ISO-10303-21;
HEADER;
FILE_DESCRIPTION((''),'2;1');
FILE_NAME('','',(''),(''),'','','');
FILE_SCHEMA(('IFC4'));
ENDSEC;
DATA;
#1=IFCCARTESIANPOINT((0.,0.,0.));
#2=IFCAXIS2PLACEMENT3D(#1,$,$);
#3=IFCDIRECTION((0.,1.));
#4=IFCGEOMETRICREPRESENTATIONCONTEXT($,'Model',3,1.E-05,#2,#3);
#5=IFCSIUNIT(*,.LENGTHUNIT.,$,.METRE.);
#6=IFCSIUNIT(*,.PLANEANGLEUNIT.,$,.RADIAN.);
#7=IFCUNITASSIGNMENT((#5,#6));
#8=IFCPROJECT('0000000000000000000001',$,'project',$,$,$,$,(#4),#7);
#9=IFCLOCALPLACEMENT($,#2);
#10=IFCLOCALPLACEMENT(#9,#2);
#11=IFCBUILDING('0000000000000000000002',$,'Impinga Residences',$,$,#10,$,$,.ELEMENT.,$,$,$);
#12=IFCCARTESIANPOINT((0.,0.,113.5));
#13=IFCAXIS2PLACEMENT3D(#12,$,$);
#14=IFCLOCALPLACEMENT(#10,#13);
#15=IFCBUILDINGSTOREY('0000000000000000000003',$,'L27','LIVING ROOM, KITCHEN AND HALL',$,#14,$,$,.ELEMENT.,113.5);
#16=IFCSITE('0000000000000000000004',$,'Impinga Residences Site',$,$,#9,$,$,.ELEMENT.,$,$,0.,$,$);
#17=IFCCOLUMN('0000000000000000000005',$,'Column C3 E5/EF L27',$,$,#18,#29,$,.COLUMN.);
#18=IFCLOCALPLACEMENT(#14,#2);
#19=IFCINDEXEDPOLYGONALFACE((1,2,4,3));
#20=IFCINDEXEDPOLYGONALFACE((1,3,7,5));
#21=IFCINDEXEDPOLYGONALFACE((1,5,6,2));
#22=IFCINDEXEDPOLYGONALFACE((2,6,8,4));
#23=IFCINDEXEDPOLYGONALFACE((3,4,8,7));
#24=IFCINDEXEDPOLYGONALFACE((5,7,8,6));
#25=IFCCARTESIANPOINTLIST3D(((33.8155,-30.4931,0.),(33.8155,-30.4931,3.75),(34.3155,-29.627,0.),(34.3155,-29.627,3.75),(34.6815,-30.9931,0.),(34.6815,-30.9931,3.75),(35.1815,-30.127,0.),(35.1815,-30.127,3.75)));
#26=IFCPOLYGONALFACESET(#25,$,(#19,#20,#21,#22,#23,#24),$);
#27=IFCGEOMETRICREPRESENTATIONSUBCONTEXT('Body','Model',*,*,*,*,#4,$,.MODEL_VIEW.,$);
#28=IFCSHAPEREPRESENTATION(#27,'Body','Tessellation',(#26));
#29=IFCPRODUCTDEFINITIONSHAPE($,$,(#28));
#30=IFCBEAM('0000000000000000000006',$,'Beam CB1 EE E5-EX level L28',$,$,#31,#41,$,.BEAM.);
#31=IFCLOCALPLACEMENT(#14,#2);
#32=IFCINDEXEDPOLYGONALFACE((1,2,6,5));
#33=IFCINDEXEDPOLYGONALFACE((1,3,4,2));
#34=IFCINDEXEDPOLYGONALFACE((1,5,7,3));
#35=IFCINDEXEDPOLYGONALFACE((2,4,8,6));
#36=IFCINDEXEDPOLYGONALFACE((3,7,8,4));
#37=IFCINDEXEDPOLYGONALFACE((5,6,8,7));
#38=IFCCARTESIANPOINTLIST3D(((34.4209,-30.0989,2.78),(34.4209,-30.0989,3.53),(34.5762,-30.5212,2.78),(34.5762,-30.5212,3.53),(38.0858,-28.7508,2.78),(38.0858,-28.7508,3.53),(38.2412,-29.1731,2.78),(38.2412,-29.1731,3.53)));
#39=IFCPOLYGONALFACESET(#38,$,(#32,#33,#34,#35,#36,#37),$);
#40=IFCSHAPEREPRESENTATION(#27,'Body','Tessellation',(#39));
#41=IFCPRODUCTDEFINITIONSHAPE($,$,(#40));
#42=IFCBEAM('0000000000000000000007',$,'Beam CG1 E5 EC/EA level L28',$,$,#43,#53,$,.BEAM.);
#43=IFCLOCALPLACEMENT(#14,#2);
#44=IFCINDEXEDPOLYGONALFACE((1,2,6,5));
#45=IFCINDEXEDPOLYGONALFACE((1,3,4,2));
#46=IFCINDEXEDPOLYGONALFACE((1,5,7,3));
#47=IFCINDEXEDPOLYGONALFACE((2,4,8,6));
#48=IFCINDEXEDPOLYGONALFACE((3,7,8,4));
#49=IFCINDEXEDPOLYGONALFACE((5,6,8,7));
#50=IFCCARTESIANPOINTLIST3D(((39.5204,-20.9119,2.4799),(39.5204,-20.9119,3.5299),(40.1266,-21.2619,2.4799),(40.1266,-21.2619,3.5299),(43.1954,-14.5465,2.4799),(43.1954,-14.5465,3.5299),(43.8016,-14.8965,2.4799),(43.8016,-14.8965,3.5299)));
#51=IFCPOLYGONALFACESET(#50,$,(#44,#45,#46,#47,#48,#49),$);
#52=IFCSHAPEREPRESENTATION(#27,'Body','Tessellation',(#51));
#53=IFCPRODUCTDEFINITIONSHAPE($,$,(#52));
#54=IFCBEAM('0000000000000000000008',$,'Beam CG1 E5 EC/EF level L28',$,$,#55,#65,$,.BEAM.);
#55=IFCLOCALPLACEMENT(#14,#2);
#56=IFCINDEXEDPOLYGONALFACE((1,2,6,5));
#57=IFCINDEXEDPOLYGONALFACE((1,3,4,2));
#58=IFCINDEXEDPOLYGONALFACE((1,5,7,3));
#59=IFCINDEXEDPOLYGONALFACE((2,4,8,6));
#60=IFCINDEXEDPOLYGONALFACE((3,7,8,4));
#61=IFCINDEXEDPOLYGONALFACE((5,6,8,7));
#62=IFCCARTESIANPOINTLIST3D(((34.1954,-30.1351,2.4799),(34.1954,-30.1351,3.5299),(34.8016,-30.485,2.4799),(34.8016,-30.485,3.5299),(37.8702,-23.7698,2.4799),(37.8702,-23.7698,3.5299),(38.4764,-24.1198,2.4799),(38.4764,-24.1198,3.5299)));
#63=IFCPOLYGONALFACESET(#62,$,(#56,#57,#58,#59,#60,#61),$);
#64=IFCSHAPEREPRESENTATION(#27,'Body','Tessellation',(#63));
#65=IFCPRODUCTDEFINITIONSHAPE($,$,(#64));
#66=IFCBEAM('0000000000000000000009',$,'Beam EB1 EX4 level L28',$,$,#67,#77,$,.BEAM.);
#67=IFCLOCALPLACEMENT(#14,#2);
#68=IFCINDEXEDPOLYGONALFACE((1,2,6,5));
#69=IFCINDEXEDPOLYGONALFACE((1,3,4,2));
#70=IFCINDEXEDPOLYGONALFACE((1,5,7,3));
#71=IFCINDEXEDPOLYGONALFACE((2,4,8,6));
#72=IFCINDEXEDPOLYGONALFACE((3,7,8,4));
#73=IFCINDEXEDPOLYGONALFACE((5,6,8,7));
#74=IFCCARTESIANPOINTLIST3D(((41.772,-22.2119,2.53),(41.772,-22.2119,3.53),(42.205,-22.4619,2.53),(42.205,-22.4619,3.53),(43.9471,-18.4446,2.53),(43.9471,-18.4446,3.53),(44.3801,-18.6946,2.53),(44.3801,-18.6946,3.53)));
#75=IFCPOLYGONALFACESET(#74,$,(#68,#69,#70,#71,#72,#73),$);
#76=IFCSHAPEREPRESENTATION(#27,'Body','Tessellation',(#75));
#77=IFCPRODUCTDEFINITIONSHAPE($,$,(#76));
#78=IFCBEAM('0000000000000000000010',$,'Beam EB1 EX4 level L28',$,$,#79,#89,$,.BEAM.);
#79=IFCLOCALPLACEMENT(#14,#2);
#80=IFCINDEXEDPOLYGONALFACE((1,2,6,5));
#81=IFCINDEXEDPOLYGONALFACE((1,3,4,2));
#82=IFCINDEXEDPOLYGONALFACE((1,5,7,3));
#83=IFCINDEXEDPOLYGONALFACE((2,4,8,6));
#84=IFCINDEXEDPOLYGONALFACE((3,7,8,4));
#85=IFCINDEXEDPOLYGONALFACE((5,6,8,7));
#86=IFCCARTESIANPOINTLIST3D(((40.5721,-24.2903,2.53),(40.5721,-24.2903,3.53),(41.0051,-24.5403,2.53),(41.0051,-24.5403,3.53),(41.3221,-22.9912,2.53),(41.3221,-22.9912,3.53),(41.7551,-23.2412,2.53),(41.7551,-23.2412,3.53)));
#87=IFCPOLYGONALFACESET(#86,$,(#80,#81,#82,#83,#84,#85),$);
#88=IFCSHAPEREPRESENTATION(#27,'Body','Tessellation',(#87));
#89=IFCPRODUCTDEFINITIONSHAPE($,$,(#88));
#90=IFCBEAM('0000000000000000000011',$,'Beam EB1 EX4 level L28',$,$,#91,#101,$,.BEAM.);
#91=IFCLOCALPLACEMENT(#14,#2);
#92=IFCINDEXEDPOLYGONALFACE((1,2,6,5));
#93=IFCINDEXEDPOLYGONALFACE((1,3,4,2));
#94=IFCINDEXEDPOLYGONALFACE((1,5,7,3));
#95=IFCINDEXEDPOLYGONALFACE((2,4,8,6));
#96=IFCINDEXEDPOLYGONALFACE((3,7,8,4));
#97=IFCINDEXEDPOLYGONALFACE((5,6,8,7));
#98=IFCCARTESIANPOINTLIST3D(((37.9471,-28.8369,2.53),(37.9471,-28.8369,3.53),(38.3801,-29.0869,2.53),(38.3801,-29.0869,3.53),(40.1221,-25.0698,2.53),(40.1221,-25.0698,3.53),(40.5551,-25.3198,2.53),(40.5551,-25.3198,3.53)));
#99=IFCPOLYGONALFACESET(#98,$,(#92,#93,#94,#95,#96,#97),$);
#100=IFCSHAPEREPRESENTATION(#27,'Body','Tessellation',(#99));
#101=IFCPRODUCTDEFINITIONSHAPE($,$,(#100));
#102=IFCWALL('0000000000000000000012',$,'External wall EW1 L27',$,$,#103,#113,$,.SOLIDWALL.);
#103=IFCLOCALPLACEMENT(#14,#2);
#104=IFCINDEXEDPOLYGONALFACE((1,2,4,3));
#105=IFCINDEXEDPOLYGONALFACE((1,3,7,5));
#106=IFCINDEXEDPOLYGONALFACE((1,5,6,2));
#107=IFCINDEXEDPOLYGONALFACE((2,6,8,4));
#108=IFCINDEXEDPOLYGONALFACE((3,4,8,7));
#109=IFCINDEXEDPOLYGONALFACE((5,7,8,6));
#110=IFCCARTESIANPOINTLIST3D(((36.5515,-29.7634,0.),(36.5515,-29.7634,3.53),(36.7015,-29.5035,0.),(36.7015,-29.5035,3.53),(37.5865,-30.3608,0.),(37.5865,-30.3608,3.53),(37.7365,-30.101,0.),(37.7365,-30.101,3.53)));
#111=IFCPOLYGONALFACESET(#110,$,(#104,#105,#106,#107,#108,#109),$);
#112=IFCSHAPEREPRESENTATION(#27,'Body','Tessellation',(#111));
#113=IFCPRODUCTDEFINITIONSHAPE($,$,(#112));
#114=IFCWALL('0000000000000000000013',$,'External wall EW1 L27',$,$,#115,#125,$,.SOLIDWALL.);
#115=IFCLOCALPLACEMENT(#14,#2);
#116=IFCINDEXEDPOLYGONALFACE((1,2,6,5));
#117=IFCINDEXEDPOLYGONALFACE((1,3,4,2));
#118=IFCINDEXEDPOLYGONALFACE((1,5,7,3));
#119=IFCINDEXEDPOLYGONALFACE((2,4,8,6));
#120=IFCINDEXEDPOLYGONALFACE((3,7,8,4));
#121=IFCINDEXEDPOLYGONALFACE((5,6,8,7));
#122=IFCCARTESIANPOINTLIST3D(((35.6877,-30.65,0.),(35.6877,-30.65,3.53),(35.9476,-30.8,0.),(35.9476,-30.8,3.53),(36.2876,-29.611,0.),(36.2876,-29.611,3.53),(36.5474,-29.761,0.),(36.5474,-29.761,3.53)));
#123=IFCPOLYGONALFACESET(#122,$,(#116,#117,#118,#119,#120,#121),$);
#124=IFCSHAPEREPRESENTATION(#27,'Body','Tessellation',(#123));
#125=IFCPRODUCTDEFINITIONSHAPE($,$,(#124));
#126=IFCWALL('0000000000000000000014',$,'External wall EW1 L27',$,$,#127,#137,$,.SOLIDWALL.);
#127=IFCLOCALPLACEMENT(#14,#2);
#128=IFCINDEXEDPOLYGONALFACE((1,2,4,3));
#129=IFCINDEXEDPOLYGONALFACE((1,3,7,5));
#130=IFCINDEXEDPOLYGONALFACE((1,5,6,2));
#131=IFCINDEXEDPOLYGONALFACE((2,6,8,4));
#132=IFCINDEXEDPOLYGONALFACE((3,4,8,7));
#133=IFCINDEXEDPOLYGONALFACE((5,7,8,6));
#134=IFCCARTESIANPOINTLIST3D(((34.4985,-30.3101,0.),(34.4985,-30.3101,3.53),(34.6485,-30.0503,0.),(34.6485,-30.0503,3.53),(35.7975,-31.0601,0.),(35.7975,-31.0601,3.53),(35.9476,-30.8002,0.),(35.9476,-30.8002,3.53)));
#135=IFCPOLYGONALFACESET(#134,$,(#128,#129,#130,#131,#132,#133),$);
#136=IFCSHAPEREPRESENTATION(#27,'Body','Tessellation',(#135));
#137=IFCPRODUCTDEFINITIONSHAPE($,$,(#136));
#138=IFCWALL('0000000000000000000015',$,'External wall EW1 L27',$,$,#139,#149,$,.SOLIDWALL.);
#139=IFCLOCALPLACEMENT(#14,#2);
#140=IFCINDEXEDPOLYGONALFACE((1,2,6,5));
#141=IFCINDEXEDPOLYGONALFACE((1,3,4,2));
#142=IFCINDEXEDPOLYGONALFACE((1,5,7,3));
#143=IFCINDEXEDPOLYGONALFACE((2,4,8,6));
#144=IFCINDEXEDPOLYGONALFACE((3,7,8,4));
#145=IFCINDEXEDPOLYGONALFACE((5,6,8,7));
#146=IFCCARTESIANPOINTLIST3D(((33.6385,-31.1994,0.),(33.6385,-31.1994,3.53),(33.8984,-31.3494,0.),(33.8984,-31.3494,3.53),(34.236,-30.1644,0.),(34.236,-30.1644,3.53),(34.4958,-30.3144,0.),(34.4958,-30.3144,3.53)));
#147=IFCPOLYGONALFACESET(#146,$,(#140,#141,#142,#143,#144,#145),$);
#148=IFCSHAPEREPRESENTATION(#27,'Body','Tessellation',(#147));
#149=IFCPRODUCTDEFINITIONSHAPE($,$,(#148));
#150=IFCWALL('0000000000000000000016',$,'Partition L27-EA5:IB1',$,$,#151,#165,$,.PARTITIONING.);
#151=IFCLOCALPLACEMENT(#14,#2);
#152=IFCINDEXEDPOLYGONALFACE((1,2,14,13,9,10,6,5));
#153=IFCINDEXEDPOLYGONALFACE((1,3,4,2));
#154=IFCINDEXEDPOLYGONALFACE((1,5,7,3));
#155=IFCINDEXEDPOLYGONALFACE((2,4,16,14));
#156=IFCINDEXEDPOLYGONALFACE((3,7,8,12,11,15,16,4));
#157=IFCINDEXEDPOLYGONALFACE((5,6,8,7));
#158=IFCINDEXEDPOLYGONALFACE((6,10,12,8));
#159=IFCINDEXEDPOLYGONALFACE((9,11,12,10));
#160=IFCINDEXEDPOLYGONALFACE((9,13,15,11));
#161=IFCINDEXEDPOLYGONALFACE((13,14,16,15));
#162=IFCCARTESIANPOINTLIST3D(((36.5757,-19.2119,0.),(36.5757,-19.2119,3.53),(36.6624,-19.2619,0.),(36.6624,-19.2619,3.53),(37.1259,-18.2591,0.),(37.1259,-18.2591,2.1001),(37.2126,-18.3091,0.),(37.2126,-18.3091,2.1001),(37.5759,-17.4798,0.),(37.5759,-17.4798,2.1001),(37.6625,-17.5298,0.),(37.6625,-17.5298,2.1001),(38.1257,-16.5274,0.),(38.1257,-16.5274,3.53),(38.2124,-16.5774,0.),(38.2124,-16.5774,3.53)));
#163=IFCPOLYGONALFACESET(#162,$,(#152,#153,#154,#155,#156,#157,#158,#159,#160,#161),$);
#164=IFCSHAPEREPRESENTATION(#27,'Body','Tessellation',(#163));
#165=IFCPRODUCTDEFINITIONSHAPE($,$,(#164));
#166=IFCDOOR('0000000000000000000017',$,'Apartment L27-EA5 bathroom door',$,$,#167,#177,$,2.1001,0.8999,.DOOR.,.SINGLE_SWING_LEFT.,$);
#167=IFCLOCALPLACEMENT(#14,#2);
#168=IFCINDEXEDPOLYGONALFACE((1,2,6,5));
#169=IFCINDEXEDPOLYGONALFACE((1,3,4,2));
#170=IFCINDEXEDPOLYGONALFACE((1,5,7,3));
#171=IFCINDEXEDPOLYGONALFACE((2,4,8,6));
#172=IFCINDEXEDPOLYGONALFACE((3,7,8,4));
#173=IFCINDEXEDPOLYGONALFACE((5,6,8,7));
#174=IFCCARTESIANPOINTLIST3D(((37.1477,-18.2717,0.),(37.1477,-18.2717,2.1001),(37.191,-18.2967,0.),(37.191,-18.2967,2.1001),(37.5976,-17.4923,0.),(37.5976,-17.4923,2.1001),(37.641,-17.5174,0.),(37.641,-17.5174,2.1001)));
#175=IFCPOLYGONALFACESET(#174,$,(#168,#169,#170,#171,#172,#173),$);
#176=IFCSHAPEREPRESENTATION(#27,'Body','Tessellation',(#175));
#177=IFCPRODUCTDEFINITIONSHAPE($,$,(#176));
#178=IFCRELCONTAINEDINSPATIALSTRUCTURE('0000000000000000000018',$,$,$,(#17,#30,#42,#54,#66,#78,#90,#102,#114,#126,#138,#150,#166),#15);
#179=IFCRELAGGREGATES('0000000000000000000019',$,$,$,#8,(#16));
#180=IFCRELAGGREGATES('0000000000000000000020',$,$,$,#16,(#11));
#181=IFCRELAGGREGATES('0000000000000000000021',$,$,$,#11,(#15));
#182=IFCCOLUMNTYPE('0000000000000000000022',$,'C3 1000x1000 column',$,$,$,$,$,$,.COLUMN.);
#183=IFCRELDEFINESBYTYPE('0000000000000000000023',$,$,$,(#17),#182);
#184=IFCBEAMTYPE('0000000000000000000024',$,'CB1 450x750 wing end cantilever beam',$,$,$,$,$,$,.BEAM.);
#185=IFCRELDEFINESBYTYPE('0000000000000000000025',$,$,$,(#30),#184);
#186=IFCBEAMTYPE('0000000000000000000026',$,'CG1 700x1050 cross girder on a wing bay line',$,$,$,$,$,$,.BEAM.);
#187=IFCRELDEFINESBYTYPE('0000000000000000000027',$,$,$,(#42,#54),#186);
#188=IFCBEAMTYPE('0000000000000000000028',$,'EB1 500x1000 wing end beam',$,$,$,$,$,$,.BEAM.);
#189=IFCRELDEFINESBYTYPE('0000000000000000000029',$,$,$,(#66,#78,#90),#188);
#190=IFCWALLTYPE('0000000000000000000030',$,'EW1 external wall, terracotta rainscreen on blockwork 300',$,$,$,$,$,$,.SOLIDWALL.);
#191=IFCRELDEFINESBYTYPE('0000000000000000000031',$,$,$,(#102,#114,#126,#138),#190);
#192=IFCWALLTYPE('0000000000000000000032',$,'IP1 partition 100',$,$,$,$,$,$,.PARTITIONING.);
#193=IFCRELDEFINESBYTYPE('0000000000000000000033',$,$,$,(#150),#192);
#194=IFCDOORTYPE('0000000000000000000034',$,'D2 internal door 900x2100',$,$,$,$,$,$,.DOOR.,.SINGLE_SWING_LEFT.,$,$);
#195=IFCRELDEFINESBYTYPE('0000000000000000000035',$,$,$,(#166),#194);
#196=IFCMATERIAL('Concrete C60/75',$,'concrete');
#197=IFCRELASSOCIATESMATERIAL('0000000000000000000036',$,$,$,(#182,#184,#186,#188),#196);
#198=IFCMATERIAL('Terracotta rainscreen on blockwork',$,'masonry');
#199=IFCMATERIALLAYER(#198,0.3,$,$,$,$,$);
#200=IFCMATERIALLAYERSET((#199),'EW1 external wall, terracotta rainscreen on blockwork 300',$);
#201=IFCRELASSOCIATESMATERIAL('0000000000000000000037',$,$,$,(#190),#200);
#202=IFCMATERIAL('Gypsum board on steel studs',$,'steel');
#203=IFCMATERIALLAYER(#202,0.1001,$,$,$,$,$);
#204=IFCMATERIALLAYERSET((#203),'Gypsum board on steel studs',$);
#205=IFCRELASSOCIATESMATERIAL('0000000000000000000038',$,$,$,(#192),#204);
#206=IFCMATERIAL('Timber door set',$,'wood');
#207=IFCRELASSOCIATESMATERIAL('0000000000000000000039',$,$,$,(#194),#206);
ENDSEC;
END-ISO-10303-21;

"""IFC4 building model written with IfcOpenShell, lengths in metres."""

from ifc_helpers import new_model, si_unit, direction, frame, frame_2d, origin, origin_2d, place, context, subcontext, project, spatial, rectangle, extrude, material, layer, layer_set, material_profile, profile_set, type_object, element, fill, save


model = new_model("IFC4")

# Units and contexts
model_context = context("Model", 3, precision=1e-05, world=origin(), true_north=direction((0.0, 1.0)))
body_context = subcontext(model_context, "Body", "Model", "MODEL_VIEW")
ifc_project = project(units=[si_unit("LENGTHUNIT", "METRE"), si_unit("PLANEANGLEUNIT", "RADIAN")], contexts=[model_context])

# Site, building, storey
site_placement = place(None, origin())
site = spatial("IfcSite", under=ifc_project, at=site_placement, Name="Impinga Residences Site", CompositionType="ELEMENT", RefElevation=0.0)
building_placement = place(site_placement, origin())
building = spatial("IfcBuilding", under=site, at=building_placement, Name="Impinga Residences", CompositionType="ELEMENT")
storey_placement = place(building_placement, frame((0.0, 0.0, 113.5)))
storey = spatial("IfcBuildingStorey", under=building, at=storey_placement, Name="L27", Description="LIVING ROOM, KITCHEN AND HALL", CompositionType="ELEMENT", Elevation=113.5)

# Column
ifc_material_1 = material(Name="Concrete C60/75", Category="concrete")
ifc_material_profile_1 = material_profile(ifc_material_1, rectangle(XDim=1.0, YDim=1.0, at=origin_2d()), Name="RC 1000x1000")
ifc_profile_set_1 = profile_set([ifc_material_profile_1], Name="Concrete C60/75")
column_type = type_object("IfcColumnType", Name="C3 1000x1000 column", PredefinedType="COLUMN", material=ifc_profile_set_1)
column_placement = place(storey_placement, frame((34.4985, -30.3101, 0.0), z_axis=(0.0, 0.0, 1.0), x_axis=(-0.5, -0.866025, 0.0)))
element("IfcColumn", 1, at=column_placement, inside=storey, type_object=column_type, Name="Column C3 E5/EF L27", PredefinedType="COLUMN", context=body_context, shape_type="SweptSolid", body=[
    extrude(rectangle(XDim=1.0, YDim=1.0, at=origin_2d()), origin(), (0.0, 0.0, 1.0), 3.75),
])

# Beams
ifc_material_profile_2 = material_profile(ifc_material_1, rectangle(XDim=0.45, YDim=0.75, at=origin_2d()), Name="RC 450x750")
ifc_profile_set_2 = profile_set([ifc_material_profile_2], Name="Concrete C60/75")
beam_type_1 = type_object("IfcBeamType", Name="CB1 450x750 wing end cantilever beam", PredefinedType="BEAM", material=ifc_profile_set_2)
beam_1_placement = place(storey_placement, frame((34.4985, -30.3101, 3.155), z_axis=(0.93852, 0.345224, 0.0), x_axis=(-0.345224, 0.93852, 0.0)))
element("IfcBeam", 2, at=beam_1_placement, inside=storey, type_object=beam_type_1, Name="Beam CB1 EE E5-EX level L28", PredefinedType="BEAM", context=body_context, shape_type="SweptSolid", body=[
    extrude(rectangle(XDim=0.45, YDim=0.75, at=origin_2d()), origin(), (0.0, 0.0, 1.0), 3.905),
])
ifc_material_profile_3 = material_profile(ifc_material_1, rectangle(XDim=0.7, YDim=1.05, at=origin_2d()), Name="RC 700x1050")
ifc_profile_set_3 = profile_set([ifc_material_profile_3], Name="Concrete C60/75")
beam_type_2 = type_object("IfcBeamType", Name="CG1 700x1050 cross girder on a wing bay line", PredefinedType="BEAM", material=ifc_profile_set_3)
beam_2_placement = place(storey_placement, frame((39.8235, -21.0869, 3.0049), z_axis=(0.499994, 0.866029, 0.0), x_axis=(-0.866029, 0.499994, 0.0)))
element("IfcBeam", 3, at=beam_2_placement, inside=storey, type_object=beam_type_2, Name="Beam CG1 E5 EC/EA level L28", PredefinedType="BEAM", context=body_context, shape_type="SweptSolid", body=[
    extrude(rectangle(XDim=0.7, YDim=1.05, at=origin_2d()), origin(), (0.0, 0.0, 1.0), 7.3501),
])
beam_3_placement = place(storey_placement, frame((38.1733, -23.9448, 3.0049), z_axis=(-0.499983, -0.866035, 0.0), x_axis=(0.866035, -0.499983, 0.0)))
element("IfcBeam", 4, at=beam_3_placement, inside=storey, type_object=beam_type_2, Name="Beam CG1 E5 EC/EF level L28", PredefinedType="BEAM", context=body_context, shape_type="SweptSolid", body=[
    extrude(rectangle(XDim=0.7, YDim=1.05, at=origin_2d()), origin(), (0.0, 0.0, 1.0), 7.3499),
])
ifc_material_profile_4 = material_profile(ifc_material_1, rectangle(XDim=0.5, YDim=1.0, at=origin_2d()), Name="RC 500x1000")
ifc_profile_set_4 = profile_set([ifc_material_profile_4], Name="Concrete C60/75")
beam_type_3 = type_object("IfcBeamType", Name="EB1 500x1000 wing end beam", PredefinedType="BEAM", material=ifc_profile_set_4)
beam_4_placement = place(storey_placement, frame((44.1636, -18.5696, 3.03), z_axis=(-0.499996, -0.866028, 0.0), x_axis=(0.866028, -0.499996, 0.0)))
element("IfcBeam", 5, at=beam_4_placement, inside=storey, type_object=beam_type_3, Name="Beam EB1 EX4 level L28", PredefinedType="BEAM", context=body_context, shape_type="SweptSolid", body=[
    extrude(rectangle(XDim=0.5, YDim=1.0, at=origin_2d()), origin(), (0.0, 0.0, 1.0), 4.3501),
])
beam_5_placement = place(storey_placement, frame((41.5386, -23.1162, 3.03), z_axis=(-0.49999, -0.866031, 0.0), x_axis=(0.866031, -0.49999, 0.0)))
element("IfcBeam", 6, at=beam_5_placement, inside=storey, type_object=beam_type_3, Name="Beam EB1 EX4 level L28", PredefinedType="BEAM", context=body_context, shape_type="SweptSolid", body=[
    extrude(rectangle(XDim=0.5, YDim=1.0, at=origin_2d()), origin(), (0.0, 0.0, 1.0), 1.5),
])
beam_6_placement = place(storey_placement, frame((40.3386, -25.1948, 3.03), z_axis=(-0.50002, -0.866014, 0.0), x_axis=(0.866014, -0.50002, 0.0)))
element("IfcBeam", 7, at=beam_6_placement, inside=storey, type_object=beam_type_3, Name="Beam EB1 EX4 level L28", PredefinedType="BEAM", context=body_context, shape_type="SweptSolid", body=[
    extrude(rectangle(XDim=0.5, YDim=1.0, at=origin_2d()), origin(), (0.0, 0.0, 1.0), 4.3499),
])

# Walls
ifc_material_2 = material(Name="Terracotta rainscreen on blockwork", Category="masonry")
ifc_layer_1 = layer(ifc_material_2, 0.3)
ifc_layer_set_1 = layer_set([ifc_layer_1], Name="EW1 external wall, terracotta rainscreen on blockwork 300")
wall_type_1 = type_object("IfcWallType", Name="EW1 external wall, terracotta rainscreen on blockwork 300", PredefinedType="SOLIDWALL", material=ifc_layer_set_1)
wall_1_placement = place(storey_placement, frame((37.6616, -30.231, 0.0), z_axis=(0.0, 0.0, 1.0), x_axis=(-0.86606, 0.499941, 0.0)))
element("IfcWall", 8, at=wall_1_placement, inside=storey, type_object=wall_type_1, Name="External wall EW1 L27", PredefinedType="SOLIDWALL", context=body_context, shape_type="SweptSolid", body=[
    extrude(rectangle(XDim=1.1951, YDim=0.3, at=frame_2d((0.5977, 0.0))), origin(), (0.0, 0.0, 1.0), 3.53),
])
wall_2_placement = place(storey_placement, frame((36.4175, -29.686, 0.0), z_axis=(0.0, 0.0, 1.0), x_axis=(-0.499969, -0.866043, 0.0)))
element("IfcWall", 9, at=wall_2_placement, inside=storey, type_object=wall_type_1, Name="External wall EW1 L27", PredefinedType="SOLIDWALL", context=body_context, shape_type="SweptSolid", body=[
    extrude(rectangle(XDim=1.1997, YDim=0.3, at=frame_2d((0.5999, 0.0))), origin(), (0.0, 0.0, 1.0), 3.53),
])
wall_3_placement = place(storey_placement, frame((35.8726, -30.9302, 0.0), z_axis=(0.0, 0.0, 1.0), x_axis=(-0.866031, 0.49999, 0.0)))
element("IfcWall", 10, at=wall_3_placement, inside=storey, type_object=wall_type_1, Name="External wall EW1 L27", PredefinedType="SOLIDWALL", context=body_context, shape_type="SweptSolid", body=[
    extrude(rectangle(XDim=1.5, YDim=0.3, at=frame_2d((0.75, 0.0))), origin(), (0.0, 0.0, 1.0), 3.53),
])
wall_4_placement = place(storey_placement, frame((34.366, -30.2393, 0.0), z_axis=(0.0, 0.0, 1.0), x_axis=(-0.499941, -0.86606, 0.0)))
element("IfcWall", 11, at=wall_4_placement, inside=storey, type_object=wall_type_1, Name="External wall EW1 L27", PredefinedType="SOLIDWALL", context=body_context, shape_type="SweptSolid", body=[
    extrude(rectangle(XDim=1.1951, YDim=0.3, at=frame_2d((0.5977, 0.0))), origin(), (0.0, 0.0, 1.0), 3.53),
])

# Wall, opening, door
ifc_material_3 = material(Name="Gypsum board on steel studs", Category="steel")
ifc_layer_2 = layer(ifc_material_3, 0.1001)
ifc_layer_set_2 = layer_set([ifc_layer_2], Name="Gypsum board on steel studs")
wall_type_2 = type_object("IfcWallType", Name="IP1 partition 100", PredefinedType="PARTITIONING", material=ifc_layer_set_2)
wall_5_placement = place(storey_placement, frame((36.6191, -19.2368, 0.0), z_axis=(0.0, 0.0, 1.0), x_axis=(0.500027, 0.86601, 0.0)))
wall_5 = element("IfcWall", 12, at=wall_5_placement, inside=storey, type_object=wall_type_2, Name="Partition L27-EA5:IB1", PredefinedType="PARTITIONING", context=body_context, shape_type="SweptSolid", body=[
    extrude(rectangle(XDim=3.0999, YDim=0.1001, at=frame_2d((1.5498, 0.0))), origin(), (0.0, 0.0, 1.0), 3.53),
])
opening_placement = place(wall_5_placement, frame((1.1001, 0.0, 0.0)))
opening = element("IfcOpeningElement", 13, at=opening_placement, cuts=wall_5, PredefinedType="OPENING", context=body_context, shape_type="SweptSolid", body=[
    extrude(rectangle(XDim=0.8999, YDim=2.1001, at=frame_2d((0.45, 1.05))), frame((0.0, 0.0601, 0.0), z_axis=(0.0, -1.0, 0.0), x_axis=(1.0, 0.0, 0.0)), (0.0, 0.0, 1.0), 0.1201),
])
ifc_material_4 = material(Name="Timber door set", Category="wood")
door_type = type_object("IfcDoorType", Name="D2 internal door 900x2100", OperationType="SINGLE_SWING_LEFT", PredefinedType="DOOR", material=ifc_material_4)
door_placement = place(opening_placement, origin())
door = element("IfcDoor", 14, at=door_placement, inside=storey, type_object=door_type, Name="Apartment L27-EA5 bathroom door", OperationType="SINGLE_SWING_LEFT", OverallHeight=2.1001, OverallWidth=0.8999, PredefinedType="DOOR", context=body_context, shape_type="SweptSolid", body=[
    extrude(rectangle(XDim=0.8999, YDim=2.1001, at=frame_2d((0.45, 1.05))), frame((0.0, 0.0249, 0.0), z_axis=(0.0, -1.0, 0.0), x_axis=(1.0, 0.0, 0.0)), (0.0, 0.0, 1.0), 0.05),
])
fill(opening, door)

save(model, "model.ifc")
